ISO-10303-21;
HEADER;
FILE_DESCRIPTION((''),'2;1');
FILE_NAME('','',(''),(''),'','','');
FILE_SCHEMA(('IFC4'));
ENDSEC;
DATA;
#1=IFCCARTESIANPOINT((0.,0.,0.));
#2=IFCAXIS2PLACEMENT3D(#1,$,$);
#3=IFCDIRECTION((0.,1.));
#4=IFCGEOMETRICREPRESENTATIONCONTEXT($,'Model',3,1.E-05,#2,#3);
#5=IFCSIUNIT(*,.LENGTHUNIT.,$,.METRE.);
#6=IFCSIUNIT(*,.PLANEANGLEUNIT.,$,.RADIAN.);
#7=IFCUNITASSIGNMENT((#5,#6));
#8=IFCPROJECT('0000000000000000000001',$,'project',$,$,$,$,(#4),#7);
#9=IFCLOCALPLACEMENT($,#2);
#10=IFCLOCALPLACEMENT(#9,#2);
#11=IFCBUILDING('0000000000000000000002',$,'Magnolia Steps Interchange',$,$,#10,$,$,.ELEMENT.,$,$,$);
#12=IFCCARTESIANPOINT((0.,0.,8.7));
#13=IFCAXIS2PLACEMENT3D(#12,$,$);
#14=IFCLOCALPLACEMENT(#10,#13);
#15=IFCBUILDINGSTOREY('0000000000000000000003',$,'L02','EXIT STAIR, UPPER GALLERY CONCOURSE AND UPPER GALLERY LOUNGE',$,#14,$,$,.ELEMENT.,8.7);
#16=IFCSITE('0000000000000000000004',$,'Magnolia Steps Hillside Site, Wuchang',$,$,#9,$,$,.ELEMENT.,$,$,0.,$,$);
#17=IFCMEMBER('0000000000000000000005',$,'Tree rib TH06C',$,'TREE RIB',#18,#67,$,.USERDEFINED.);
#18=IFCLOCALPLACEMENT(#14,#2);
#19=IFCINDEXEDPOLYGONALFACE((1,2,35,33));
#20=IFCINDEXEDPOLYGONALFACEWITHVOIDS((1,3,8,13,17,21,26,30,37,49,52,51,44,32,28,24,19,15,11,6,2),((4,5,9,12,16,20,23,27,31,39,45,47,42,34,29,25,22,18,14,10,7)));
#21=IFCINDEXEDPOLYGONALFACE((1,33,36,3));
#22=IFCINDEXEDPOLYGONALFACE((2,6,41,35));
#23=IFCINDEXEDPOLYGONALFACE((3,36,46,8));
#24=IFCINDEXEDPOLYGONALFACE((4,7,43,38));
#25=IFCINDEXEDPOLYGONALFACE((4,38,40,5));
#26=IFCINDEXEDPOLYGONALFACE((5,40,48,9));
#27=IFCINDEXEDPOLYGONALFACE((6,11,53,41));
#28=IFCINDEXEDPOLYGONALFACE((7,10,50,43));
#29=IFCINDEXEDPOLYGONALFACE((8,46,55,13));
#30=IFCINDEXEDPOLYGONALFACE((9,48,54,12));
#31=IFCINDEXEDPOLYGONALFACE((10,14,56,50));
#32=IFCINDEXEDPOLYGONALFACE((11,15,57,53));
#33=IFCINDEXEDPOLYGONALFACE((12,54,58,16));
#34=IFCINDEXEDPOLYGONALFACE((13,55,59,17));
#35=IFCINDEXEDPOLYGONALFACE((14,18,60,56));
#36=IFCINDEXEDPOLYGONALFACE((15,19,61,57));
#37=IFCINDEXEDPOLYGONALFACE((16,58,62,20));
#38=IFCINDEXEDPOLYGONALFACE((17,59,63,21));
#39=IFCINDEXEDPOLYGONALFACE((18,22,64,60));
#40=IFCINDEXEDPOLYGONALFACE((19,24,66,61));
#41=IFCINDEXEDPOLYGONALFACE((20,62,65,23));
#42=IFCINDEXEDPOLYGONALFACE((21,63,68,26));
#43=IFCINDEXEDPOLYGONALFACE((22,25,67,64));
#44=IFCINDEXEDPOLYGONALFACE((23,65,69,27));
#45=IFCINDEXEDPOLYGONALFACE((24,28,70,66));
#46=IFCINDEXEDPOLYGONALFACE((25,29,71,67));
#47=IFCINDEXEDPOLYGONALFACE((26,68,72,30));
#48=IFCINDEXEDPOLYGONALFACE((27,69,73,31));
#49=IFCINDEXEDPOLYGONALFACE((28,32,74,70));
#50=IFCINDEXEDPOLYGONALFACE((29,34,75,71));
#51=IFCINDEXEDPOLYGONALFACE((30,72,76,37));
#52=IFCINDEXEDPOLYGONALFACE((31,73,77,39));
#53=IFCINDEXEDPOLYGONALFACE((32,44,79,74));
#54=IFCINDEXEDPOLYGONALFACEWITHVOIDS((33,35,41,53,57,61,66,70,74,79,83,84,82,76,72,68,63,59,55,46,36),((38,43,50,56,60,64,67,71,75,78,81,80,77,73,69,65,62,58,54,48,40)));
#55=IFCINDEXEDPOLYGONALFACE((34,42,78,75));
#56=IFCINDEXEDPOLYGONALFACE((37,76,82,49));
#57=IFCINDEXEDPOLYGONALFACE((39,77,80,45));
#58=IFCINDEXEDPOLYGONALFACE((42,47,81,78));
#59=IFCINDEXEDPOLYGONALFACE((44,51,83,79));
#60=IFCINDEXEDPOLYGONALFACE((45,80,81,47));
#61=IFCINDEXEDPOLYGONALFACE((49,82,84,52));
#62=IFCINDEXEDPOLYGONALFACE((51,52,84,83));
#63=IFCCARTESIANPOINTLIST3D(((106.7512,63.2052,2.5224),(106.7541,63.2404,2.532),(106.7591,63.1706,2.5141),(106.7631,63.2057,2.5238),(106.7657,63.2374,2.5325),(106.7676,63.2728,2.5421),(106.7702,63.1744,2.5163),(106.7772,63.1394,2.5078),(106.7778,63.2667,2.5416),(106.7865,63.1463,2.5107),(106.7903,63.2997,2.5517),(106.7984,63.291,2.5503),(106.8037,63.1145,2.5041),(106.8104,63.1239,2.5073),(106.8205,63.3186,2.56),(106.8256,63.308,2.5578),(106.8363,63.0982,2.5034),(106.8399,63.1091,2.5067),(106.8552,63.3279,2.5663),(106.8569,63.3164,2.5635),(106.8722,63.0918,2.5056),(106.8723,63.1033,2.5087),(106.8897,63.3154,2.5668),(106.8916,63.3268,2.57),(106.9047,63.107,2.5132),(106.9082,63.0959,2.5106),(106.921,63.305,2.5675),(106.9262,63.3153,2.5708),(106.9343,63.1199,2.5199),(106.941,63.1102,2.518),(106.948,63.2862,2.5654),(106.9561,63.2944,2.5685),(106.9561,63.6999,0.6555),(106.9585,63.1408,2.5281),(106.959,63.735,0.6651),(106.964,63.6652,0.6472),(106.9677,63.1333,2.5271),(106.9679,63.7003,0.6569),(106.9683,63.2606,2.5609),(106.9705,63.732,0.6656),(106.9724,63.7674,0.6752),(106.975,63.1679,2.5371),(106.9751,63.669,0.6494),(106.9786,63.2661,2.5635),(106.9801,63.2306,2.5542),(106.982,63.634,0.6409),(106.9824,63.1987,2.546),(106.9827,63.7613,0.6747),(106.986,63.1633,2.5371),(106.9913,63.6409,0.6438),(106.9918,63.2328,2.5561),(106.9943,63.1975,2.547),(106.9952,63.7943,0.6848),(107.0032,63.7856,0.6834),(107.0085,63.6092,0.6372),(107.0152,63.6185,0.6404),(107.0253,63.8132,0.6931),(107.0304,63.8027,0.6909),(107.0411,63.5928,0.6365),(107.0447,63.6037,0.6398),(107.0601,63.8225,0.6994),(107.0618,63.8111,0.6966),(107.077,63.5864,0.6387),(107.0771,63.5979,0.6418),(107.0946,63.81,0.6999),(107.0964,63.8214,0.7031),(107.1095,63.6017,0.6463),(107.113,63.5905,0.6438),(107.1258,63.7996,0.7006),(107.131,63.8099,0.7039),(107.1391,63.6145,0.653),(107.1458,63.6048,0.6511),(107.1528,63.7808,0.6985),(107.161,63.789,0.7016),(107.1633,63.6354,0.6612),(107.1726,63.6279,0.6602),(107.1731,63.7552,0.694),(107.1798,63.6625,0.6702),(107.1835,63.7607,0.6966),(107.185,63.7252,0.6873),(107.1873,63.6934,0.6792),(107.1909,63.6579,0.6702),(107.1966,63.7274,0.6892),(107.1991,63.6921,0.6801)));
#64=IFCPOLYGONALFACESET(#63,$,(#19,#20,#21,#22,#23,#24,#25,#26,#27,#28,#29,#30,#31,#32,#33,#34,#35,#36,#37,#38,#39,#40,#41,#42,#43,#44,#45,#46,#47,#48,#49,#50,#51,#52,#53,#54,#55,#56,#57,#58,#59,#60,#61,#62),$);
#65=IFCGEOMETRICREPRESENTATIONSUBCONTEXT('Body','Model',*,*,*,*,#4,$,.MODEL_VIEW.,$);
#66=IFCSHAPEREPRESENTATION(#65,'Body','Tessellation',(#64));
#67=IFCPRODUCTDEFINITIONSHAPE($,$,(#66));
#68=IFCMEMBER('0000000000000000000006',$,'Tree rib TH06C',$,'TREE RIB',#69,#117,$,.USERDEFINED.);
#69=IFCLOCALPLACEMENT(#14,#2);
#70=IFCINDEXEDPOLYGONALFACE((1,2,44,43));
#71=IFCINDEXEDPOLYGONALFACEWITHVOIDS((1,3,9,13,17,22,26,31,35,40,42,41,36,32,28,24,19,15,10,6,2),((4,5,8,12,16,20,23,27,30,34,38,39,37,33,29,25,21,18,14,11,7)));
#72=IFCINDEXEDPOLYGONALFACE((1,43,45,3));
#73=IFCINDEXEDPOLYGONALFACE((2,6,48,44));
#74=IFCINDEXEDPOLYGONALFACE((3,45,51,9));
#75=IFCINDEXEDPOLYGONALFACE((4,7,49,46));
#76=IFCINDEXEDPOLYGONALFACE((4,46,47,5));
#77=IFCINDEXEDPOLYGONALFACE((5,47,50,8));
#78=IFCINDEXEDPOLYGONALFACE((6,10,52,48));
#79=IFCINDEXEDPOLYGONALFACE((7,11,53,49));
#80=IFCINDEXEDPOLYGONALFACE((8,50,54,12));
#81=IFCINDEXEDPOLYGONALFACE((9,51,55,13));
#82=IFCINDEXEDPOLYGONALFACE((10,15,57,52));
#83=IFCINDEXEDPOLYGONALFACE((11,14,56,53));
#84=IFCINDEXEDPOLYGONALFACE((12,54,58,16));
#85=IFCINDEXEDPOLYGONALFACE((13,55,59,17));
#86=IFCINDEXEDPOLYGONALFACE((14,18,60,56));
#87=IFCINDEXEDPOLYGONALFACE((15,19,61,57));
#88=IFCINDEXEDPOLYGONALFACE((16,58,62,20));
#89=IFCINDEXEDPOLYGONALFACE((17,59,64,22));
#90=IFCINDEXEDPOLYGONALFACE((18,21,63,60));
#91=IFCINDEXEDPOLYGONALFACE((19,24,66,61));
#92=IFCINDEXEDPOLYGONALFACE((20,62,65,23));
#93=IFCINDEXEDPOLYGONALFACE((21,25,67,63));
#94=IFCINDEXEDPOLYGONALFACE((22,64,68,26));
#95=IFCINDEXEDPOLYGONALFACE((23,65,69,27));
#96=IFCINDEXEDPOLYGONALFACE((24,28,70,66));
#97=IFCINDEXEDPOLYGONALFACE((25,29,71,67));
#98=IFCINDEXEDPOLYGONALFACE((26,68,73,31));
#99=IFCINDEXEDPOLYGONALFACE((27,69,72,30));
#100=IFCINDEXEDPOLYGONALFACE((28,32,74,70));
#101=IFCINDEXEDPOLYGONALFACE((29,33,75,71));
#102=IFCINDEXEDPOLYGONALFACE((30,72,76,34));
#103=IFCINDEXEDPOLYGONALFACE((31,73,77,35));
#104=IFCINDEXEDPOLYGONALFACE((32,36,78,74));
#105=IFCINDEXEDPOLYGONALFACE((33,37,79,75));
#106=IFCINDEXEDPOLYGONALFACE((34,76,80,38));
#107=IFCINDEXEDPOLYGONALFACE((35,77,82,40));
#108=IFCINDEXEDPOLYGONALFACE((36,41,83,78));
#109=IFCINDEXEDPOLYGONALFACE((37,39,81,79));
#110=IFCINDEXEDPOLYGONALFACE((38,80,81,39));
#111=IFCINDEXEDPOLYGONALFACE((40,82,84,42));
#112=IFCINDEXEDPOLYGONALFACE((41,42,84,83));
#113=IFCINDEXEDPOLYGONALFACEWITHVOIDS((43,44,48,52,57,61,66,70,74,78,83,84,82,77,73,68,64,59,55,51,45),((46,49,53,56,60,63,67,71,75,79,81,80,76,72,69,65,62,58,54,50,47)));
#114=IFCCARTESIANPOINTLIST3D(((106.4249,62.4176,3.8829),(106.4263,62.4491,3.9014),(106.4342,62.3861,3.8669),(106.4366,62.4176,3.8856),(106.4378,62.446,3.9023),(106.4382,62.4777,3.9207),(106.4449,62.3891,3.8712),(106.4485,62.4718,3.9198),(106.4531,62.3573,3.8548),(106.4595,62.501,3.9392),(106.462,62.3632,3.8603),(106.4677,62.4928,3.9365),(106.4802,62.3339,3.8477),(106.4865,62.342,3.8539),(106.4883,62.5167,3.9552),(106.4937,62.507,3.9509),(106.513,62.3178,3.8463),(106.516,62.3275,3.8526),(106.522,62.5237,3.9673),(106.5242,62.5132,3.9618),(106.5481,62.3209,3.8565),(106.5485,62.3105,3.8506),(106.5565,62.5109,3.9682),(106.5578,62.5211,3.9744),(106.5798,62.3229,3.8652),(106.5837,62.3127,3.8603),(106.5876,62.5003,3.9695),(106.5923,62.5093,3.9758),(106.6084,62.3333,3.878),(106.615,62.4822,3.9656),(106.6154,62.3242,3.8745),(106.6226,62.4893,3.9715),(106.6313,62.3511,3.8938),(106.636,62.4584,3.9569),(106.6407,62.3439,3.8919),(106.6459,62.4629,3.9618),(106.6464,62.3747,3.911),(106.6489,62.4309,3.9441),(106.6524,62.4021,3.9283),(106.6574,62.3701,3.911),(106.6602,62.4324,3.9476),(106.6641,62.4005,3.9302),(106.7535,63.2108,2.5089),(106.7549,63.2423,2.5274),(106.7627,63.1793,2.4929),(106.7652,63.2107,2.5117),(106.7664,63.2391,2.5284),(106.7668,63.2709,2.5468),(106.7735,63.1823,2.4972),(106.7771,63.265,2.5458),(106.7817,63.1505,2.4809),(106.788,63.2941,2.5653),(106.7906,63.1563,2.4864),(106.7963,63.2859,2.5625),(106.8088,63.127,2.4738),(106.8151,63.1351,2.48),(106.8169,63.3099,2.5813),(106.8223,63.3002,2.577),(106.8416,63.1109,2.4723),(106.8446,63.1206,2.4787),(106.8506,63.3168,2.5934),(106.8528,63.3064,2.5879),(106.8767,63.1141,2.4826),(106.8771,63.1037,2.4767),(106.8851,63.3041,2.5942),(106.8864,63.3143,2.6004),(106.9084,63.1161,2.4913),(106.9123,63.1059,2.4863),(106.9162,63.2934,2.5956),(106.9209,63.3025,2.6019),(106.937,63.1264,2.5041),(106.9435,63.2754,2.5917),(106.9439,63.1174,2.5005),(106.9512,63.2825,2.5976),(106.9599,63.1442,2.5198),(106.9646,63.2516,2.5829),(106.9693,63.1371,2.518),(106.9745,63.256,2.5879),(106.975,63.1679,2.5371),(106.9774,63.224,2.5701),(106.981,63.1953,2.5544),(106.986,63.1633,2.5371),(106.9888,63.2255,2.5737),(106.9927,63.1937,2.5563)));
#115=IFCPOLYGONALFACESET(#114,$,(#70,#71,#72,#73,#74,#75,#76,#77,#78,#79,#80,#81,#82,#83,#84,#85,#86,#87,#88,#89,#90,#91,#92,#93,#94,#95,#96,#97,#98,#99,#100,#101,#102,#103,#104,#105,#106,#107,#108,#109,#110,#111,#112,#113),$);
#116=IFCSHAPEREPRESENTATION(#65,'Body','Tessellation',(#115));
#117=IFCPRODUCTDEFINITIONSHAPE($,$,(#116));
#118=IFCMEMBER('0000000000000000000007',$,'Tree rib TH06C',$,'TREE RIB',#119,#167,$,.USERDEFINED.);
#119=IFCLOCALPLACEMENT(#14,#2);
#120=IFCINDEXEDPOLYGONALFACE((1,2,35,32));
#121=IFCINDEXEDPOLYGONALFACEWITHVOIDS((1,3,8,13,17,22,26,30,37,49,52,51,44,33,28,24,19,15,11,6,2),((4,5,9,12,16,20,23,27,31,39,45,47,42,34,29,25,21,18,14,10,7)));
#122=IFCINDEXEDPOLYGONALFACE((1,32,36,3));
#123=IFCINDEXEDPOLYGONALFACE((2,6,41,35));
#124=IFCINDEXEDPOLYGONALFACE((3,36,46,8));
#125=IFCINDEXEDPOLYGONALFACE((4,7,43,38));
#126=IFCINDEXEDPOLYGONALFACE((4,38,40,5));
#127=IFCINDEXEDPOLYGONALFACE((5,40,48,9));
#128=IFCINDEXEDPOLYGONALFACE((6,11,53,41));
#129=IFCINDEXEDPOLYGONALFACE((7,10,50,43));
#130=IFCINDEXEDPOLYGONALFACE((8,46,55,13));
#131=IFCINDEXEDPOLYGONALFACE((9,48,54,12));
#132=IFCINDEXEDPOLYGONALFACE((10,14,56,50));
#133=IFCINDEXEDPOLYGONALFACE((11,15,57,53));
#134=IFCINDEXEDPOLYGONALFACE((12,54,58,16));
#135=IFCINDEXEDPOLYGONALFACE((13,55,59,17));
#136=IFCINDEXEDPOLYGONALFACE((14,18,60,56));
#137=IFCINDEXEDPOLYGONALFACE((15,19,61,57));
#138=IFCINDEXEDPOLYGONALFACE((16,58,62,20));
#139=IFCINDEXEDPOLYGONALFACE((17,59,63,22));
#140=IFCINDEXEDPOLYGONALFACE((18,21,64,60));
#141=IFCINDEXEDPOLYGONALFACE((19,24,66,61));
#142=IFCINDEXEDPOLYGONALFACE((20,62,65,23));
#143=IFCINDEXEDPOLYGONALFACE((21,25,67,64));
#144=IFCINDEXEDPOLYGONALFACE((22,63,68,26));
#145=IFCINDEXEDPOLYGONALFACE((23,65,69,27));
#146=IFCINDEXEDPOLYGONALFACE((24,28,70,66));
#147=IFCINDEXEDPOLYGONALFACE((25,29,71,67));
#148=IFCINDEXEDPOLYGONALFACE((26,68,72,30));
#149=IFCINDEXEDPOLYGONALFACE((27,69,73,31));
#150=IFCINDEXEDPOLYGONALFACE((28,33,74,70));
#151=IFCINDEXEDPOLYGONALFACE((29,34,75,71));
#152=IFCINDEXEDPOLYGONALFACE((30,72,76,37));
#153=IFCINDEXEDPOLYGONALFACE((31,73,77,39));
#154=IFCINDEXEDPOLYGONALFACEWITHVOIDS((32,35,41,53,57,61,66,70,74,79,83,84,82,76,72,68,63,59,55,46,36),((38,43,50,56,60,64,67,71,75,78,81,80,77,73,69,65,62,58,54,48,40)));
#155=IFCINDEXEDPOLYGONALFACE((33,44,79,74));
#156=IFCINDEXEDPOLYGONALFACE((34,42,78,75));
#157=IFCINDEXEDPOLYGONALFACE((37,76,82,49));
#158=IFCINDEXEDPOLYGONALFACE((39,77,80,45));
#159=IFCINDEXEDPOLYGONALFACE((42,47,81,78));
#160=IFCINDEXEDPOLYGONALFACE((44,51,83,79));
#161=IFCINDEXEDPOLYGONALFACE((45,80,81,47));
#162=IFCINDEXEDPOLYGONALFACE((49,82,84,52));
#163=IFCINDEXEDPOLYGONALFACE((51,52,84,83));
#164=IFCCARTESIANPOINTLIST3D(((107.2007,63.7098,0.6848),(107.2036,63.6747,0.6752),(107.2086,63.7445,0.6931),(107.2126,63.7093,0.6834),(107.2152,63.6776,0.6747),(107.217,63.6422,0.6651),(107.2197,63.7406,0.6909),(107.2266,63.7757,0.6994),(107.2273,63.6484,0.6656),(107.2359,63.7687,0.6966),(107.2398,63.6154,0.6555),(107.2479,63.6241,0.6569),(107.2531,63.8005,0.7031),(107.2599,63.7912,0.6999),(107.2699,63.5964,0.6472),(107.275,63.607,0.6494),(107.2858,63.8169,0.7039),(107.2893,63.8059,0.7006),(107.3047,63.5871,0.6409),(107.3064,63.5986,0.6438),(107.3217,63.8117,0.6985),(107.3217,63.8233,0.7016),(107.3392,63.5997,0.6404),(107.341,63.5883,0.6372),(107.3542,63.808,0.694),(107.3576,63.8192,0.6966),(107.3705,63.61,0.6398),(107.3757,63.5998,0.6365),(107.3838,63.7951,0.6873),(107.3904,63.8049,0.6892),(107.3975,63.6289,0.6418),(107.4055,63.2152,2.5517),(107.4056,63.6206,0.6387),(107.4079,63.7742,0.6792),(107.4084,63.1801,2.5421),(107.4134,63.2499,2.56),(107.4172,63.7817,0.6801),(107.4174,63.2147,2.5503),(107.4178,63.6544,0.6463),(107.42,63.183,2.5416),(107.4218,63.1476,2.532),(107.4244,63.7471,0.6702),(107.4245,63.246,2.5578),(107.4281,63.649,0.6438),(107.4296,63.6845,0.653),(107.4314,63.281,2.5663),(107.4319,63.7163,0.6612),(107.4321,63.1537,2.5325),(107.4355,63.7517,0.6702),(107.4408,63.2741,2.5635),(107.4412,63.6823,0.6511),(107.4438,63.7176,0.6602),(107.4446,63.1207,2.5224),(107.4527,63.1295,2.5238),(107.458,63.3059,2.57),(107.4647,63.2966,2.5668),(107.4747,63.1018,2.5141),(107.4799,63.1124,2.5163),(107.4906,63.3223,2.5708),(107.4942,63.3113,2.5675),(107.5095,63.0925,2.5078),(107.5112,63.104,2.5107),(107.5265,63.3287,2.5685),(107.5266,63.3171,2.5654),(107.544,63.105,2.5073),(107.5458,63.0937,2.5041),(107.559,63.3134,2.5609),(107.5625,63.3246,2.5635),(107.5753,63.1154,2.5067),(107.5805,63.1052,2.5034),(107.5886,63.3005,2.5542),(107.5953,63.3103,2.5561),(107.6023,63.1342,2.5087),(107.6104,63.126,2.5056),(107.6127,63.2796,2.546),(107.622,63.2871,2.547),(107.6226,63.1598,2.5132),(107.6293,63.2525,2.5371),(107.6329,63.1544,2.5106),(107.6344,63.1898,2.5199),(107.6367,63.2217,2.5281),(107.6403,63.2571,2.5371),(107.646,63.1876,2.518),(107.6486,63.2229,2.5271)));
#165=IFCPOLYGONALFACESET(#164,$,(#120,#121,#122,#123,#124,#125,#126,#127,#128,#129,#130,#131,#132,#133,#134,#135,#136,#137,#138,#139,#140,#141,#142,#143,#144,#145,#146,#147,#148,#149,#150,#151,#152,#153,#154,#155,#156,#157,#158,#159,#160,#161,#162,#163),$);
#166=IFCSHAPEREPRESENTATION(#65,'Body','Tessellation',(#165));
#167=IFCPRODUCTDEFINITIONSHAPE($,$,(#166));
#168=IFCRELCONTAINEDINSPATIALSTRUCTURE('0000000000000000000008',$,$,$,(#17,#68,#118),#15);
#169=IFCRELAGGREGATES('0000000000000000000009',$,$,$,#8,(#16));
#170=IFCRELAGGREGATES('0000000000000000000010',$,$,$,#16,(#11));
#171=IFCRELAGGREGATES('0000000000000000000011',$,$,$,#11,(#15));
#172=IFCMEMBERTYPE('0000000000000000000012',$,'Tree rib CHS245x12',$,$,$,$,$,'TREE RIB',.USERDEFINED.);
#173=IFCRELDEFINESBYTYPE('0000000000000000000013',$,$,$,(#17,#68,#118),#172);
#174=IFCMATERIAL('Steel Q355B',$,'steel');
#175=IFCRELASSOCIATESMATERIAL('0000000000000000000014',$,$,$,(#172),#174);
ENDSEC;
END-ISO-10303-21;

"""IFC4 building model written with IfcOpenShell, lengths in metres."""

from ifc_helpers import new_model, si_unit, direction, frame, origin, origin_2d, place, context, subcontext, project, spatial, hollow_circle, extrude, material, material_profile, profile_set, type_object, element, save


model = new_model("IFC4")

# Units and contexts
model_context = context("Model", 3, precision=1e-05, world=origin(), true_north=direction((0.0, 1.0)))
body_context = subcontext(model_context, "Body", "Model", "MODEL_VIEW")
ifc_project = project(units=[si_unit("LENGTHUNIT", "METRE"), si_unit("PLANEANGLEUNIT", "RADIAN")], contexts=[model_context])

# Site, building, storey
site_placement = place(None, origin())
site = spatial("IfcSite", under=ifc_project, at=site_placement, Name="Magnolia Steps Hillside Site, Wuchang", CompositionType="ELEMENT", RefElevation=0.0)
building_placement = place(site_placement, origin())
building = spatial("IfcBuilding", under=site, at=building_placement, Name="Magnolia Steps Interchange", CompositionType="ELEMENT")
storey_placement = place(building_placement, frame((0.0, 0.0, 8.7)))
storey = spatial("IfcBuildingStorey", under=building, at=storey_placement, Name="L02", Description="EXIT STAIR, UPPER GALLERY CONCOURSE AND UPPER GALLERY LOUNGE", CompositionType="ELEMENT", Elevation=8.7)

# Members
ifc_material_1 = material(Name="Steel Q355B", Category="steel")
ifc_material_profile_1 = material_profile(ifc_material_1, hollow_circle(Radius=0.1226, WallThickness=0.012, at=origin_2d()), Name="CHS245x12")
ifc_profile_set_1 = profile_set([ifc_material_profile_1], Name="Steel Q355B")
member_type_1 = type_object("IfcMemberType", Name="Tree rib CHS245x12", ElementType="TREE RIB", PredefinedType="USERDEFINED", material=ifc_profile_set_1)
member_1_placement = place(storey_placement, frame((107.0776, 63.7048, 0.6702), z_axis=(-0.105466, -0.254676, 0.961258), x_axis=(0.923911, -0.382607, 0.0)))
element("IfcMember", 1, at=member_1_placement, inside=storey, type_object=member_type_1, Name="Tree rib TH06C", ObjectType="TREE RIB", PredefinedType="USERDEFINED", context=body_context, shape_type="SweptSolid", body=[
    extrude(hollow_circle(Radius=0.1226, WallThickness=0.012, at=origin_2d()), origin(), (0.0, 0.0, 1.0), 1.9421),
])
member_2_placement = place(storey_placement, frame((106.8728, 63.2102, 2.5371), z_axis=(-0.20282, -0.489571, 0.848047), x_axis=(0.923857, -0.382737, 0.0)))
element("IfcMember", 2, at=member_2_placement, inside=storey, type_object=member_type_1, Name="Tree rib TH06C", ObjectType="TREE RIB", PredefinedType="USERDEFINED", context=body_context, shape_type="SweptSolid", body=[
    extrude(hollow_circle(Radius=0.1226, WallThickness=0.012, at=origin_2d()), origin(), (0.0, 0.0, 1.0), 1.6201),
])
member_3_placement = place(storey_placement, frame((107.3223, 63.7048, 0.6702), z_axis=(0.105466, -0.254676, 0.961258), x_axis=(0.923911, 0.382607, 0.0)))
element("IfcMember", 3, at=member_3_placement, inside=storey, type_object=member_type_1, Name="Tree rib TH06C", ObjectType="TREE RIB", PredefinedType="USERDEFINED", context=body_context, shape_type="SweptSolid", body=[
    extrude(hollow_circle(Radius=0.1226, WallThickness=0.012, at=origin_2d()), origin(), (0.0, 0.0, 1.0), 1.9421),
])

save(model, "model.ifc")
